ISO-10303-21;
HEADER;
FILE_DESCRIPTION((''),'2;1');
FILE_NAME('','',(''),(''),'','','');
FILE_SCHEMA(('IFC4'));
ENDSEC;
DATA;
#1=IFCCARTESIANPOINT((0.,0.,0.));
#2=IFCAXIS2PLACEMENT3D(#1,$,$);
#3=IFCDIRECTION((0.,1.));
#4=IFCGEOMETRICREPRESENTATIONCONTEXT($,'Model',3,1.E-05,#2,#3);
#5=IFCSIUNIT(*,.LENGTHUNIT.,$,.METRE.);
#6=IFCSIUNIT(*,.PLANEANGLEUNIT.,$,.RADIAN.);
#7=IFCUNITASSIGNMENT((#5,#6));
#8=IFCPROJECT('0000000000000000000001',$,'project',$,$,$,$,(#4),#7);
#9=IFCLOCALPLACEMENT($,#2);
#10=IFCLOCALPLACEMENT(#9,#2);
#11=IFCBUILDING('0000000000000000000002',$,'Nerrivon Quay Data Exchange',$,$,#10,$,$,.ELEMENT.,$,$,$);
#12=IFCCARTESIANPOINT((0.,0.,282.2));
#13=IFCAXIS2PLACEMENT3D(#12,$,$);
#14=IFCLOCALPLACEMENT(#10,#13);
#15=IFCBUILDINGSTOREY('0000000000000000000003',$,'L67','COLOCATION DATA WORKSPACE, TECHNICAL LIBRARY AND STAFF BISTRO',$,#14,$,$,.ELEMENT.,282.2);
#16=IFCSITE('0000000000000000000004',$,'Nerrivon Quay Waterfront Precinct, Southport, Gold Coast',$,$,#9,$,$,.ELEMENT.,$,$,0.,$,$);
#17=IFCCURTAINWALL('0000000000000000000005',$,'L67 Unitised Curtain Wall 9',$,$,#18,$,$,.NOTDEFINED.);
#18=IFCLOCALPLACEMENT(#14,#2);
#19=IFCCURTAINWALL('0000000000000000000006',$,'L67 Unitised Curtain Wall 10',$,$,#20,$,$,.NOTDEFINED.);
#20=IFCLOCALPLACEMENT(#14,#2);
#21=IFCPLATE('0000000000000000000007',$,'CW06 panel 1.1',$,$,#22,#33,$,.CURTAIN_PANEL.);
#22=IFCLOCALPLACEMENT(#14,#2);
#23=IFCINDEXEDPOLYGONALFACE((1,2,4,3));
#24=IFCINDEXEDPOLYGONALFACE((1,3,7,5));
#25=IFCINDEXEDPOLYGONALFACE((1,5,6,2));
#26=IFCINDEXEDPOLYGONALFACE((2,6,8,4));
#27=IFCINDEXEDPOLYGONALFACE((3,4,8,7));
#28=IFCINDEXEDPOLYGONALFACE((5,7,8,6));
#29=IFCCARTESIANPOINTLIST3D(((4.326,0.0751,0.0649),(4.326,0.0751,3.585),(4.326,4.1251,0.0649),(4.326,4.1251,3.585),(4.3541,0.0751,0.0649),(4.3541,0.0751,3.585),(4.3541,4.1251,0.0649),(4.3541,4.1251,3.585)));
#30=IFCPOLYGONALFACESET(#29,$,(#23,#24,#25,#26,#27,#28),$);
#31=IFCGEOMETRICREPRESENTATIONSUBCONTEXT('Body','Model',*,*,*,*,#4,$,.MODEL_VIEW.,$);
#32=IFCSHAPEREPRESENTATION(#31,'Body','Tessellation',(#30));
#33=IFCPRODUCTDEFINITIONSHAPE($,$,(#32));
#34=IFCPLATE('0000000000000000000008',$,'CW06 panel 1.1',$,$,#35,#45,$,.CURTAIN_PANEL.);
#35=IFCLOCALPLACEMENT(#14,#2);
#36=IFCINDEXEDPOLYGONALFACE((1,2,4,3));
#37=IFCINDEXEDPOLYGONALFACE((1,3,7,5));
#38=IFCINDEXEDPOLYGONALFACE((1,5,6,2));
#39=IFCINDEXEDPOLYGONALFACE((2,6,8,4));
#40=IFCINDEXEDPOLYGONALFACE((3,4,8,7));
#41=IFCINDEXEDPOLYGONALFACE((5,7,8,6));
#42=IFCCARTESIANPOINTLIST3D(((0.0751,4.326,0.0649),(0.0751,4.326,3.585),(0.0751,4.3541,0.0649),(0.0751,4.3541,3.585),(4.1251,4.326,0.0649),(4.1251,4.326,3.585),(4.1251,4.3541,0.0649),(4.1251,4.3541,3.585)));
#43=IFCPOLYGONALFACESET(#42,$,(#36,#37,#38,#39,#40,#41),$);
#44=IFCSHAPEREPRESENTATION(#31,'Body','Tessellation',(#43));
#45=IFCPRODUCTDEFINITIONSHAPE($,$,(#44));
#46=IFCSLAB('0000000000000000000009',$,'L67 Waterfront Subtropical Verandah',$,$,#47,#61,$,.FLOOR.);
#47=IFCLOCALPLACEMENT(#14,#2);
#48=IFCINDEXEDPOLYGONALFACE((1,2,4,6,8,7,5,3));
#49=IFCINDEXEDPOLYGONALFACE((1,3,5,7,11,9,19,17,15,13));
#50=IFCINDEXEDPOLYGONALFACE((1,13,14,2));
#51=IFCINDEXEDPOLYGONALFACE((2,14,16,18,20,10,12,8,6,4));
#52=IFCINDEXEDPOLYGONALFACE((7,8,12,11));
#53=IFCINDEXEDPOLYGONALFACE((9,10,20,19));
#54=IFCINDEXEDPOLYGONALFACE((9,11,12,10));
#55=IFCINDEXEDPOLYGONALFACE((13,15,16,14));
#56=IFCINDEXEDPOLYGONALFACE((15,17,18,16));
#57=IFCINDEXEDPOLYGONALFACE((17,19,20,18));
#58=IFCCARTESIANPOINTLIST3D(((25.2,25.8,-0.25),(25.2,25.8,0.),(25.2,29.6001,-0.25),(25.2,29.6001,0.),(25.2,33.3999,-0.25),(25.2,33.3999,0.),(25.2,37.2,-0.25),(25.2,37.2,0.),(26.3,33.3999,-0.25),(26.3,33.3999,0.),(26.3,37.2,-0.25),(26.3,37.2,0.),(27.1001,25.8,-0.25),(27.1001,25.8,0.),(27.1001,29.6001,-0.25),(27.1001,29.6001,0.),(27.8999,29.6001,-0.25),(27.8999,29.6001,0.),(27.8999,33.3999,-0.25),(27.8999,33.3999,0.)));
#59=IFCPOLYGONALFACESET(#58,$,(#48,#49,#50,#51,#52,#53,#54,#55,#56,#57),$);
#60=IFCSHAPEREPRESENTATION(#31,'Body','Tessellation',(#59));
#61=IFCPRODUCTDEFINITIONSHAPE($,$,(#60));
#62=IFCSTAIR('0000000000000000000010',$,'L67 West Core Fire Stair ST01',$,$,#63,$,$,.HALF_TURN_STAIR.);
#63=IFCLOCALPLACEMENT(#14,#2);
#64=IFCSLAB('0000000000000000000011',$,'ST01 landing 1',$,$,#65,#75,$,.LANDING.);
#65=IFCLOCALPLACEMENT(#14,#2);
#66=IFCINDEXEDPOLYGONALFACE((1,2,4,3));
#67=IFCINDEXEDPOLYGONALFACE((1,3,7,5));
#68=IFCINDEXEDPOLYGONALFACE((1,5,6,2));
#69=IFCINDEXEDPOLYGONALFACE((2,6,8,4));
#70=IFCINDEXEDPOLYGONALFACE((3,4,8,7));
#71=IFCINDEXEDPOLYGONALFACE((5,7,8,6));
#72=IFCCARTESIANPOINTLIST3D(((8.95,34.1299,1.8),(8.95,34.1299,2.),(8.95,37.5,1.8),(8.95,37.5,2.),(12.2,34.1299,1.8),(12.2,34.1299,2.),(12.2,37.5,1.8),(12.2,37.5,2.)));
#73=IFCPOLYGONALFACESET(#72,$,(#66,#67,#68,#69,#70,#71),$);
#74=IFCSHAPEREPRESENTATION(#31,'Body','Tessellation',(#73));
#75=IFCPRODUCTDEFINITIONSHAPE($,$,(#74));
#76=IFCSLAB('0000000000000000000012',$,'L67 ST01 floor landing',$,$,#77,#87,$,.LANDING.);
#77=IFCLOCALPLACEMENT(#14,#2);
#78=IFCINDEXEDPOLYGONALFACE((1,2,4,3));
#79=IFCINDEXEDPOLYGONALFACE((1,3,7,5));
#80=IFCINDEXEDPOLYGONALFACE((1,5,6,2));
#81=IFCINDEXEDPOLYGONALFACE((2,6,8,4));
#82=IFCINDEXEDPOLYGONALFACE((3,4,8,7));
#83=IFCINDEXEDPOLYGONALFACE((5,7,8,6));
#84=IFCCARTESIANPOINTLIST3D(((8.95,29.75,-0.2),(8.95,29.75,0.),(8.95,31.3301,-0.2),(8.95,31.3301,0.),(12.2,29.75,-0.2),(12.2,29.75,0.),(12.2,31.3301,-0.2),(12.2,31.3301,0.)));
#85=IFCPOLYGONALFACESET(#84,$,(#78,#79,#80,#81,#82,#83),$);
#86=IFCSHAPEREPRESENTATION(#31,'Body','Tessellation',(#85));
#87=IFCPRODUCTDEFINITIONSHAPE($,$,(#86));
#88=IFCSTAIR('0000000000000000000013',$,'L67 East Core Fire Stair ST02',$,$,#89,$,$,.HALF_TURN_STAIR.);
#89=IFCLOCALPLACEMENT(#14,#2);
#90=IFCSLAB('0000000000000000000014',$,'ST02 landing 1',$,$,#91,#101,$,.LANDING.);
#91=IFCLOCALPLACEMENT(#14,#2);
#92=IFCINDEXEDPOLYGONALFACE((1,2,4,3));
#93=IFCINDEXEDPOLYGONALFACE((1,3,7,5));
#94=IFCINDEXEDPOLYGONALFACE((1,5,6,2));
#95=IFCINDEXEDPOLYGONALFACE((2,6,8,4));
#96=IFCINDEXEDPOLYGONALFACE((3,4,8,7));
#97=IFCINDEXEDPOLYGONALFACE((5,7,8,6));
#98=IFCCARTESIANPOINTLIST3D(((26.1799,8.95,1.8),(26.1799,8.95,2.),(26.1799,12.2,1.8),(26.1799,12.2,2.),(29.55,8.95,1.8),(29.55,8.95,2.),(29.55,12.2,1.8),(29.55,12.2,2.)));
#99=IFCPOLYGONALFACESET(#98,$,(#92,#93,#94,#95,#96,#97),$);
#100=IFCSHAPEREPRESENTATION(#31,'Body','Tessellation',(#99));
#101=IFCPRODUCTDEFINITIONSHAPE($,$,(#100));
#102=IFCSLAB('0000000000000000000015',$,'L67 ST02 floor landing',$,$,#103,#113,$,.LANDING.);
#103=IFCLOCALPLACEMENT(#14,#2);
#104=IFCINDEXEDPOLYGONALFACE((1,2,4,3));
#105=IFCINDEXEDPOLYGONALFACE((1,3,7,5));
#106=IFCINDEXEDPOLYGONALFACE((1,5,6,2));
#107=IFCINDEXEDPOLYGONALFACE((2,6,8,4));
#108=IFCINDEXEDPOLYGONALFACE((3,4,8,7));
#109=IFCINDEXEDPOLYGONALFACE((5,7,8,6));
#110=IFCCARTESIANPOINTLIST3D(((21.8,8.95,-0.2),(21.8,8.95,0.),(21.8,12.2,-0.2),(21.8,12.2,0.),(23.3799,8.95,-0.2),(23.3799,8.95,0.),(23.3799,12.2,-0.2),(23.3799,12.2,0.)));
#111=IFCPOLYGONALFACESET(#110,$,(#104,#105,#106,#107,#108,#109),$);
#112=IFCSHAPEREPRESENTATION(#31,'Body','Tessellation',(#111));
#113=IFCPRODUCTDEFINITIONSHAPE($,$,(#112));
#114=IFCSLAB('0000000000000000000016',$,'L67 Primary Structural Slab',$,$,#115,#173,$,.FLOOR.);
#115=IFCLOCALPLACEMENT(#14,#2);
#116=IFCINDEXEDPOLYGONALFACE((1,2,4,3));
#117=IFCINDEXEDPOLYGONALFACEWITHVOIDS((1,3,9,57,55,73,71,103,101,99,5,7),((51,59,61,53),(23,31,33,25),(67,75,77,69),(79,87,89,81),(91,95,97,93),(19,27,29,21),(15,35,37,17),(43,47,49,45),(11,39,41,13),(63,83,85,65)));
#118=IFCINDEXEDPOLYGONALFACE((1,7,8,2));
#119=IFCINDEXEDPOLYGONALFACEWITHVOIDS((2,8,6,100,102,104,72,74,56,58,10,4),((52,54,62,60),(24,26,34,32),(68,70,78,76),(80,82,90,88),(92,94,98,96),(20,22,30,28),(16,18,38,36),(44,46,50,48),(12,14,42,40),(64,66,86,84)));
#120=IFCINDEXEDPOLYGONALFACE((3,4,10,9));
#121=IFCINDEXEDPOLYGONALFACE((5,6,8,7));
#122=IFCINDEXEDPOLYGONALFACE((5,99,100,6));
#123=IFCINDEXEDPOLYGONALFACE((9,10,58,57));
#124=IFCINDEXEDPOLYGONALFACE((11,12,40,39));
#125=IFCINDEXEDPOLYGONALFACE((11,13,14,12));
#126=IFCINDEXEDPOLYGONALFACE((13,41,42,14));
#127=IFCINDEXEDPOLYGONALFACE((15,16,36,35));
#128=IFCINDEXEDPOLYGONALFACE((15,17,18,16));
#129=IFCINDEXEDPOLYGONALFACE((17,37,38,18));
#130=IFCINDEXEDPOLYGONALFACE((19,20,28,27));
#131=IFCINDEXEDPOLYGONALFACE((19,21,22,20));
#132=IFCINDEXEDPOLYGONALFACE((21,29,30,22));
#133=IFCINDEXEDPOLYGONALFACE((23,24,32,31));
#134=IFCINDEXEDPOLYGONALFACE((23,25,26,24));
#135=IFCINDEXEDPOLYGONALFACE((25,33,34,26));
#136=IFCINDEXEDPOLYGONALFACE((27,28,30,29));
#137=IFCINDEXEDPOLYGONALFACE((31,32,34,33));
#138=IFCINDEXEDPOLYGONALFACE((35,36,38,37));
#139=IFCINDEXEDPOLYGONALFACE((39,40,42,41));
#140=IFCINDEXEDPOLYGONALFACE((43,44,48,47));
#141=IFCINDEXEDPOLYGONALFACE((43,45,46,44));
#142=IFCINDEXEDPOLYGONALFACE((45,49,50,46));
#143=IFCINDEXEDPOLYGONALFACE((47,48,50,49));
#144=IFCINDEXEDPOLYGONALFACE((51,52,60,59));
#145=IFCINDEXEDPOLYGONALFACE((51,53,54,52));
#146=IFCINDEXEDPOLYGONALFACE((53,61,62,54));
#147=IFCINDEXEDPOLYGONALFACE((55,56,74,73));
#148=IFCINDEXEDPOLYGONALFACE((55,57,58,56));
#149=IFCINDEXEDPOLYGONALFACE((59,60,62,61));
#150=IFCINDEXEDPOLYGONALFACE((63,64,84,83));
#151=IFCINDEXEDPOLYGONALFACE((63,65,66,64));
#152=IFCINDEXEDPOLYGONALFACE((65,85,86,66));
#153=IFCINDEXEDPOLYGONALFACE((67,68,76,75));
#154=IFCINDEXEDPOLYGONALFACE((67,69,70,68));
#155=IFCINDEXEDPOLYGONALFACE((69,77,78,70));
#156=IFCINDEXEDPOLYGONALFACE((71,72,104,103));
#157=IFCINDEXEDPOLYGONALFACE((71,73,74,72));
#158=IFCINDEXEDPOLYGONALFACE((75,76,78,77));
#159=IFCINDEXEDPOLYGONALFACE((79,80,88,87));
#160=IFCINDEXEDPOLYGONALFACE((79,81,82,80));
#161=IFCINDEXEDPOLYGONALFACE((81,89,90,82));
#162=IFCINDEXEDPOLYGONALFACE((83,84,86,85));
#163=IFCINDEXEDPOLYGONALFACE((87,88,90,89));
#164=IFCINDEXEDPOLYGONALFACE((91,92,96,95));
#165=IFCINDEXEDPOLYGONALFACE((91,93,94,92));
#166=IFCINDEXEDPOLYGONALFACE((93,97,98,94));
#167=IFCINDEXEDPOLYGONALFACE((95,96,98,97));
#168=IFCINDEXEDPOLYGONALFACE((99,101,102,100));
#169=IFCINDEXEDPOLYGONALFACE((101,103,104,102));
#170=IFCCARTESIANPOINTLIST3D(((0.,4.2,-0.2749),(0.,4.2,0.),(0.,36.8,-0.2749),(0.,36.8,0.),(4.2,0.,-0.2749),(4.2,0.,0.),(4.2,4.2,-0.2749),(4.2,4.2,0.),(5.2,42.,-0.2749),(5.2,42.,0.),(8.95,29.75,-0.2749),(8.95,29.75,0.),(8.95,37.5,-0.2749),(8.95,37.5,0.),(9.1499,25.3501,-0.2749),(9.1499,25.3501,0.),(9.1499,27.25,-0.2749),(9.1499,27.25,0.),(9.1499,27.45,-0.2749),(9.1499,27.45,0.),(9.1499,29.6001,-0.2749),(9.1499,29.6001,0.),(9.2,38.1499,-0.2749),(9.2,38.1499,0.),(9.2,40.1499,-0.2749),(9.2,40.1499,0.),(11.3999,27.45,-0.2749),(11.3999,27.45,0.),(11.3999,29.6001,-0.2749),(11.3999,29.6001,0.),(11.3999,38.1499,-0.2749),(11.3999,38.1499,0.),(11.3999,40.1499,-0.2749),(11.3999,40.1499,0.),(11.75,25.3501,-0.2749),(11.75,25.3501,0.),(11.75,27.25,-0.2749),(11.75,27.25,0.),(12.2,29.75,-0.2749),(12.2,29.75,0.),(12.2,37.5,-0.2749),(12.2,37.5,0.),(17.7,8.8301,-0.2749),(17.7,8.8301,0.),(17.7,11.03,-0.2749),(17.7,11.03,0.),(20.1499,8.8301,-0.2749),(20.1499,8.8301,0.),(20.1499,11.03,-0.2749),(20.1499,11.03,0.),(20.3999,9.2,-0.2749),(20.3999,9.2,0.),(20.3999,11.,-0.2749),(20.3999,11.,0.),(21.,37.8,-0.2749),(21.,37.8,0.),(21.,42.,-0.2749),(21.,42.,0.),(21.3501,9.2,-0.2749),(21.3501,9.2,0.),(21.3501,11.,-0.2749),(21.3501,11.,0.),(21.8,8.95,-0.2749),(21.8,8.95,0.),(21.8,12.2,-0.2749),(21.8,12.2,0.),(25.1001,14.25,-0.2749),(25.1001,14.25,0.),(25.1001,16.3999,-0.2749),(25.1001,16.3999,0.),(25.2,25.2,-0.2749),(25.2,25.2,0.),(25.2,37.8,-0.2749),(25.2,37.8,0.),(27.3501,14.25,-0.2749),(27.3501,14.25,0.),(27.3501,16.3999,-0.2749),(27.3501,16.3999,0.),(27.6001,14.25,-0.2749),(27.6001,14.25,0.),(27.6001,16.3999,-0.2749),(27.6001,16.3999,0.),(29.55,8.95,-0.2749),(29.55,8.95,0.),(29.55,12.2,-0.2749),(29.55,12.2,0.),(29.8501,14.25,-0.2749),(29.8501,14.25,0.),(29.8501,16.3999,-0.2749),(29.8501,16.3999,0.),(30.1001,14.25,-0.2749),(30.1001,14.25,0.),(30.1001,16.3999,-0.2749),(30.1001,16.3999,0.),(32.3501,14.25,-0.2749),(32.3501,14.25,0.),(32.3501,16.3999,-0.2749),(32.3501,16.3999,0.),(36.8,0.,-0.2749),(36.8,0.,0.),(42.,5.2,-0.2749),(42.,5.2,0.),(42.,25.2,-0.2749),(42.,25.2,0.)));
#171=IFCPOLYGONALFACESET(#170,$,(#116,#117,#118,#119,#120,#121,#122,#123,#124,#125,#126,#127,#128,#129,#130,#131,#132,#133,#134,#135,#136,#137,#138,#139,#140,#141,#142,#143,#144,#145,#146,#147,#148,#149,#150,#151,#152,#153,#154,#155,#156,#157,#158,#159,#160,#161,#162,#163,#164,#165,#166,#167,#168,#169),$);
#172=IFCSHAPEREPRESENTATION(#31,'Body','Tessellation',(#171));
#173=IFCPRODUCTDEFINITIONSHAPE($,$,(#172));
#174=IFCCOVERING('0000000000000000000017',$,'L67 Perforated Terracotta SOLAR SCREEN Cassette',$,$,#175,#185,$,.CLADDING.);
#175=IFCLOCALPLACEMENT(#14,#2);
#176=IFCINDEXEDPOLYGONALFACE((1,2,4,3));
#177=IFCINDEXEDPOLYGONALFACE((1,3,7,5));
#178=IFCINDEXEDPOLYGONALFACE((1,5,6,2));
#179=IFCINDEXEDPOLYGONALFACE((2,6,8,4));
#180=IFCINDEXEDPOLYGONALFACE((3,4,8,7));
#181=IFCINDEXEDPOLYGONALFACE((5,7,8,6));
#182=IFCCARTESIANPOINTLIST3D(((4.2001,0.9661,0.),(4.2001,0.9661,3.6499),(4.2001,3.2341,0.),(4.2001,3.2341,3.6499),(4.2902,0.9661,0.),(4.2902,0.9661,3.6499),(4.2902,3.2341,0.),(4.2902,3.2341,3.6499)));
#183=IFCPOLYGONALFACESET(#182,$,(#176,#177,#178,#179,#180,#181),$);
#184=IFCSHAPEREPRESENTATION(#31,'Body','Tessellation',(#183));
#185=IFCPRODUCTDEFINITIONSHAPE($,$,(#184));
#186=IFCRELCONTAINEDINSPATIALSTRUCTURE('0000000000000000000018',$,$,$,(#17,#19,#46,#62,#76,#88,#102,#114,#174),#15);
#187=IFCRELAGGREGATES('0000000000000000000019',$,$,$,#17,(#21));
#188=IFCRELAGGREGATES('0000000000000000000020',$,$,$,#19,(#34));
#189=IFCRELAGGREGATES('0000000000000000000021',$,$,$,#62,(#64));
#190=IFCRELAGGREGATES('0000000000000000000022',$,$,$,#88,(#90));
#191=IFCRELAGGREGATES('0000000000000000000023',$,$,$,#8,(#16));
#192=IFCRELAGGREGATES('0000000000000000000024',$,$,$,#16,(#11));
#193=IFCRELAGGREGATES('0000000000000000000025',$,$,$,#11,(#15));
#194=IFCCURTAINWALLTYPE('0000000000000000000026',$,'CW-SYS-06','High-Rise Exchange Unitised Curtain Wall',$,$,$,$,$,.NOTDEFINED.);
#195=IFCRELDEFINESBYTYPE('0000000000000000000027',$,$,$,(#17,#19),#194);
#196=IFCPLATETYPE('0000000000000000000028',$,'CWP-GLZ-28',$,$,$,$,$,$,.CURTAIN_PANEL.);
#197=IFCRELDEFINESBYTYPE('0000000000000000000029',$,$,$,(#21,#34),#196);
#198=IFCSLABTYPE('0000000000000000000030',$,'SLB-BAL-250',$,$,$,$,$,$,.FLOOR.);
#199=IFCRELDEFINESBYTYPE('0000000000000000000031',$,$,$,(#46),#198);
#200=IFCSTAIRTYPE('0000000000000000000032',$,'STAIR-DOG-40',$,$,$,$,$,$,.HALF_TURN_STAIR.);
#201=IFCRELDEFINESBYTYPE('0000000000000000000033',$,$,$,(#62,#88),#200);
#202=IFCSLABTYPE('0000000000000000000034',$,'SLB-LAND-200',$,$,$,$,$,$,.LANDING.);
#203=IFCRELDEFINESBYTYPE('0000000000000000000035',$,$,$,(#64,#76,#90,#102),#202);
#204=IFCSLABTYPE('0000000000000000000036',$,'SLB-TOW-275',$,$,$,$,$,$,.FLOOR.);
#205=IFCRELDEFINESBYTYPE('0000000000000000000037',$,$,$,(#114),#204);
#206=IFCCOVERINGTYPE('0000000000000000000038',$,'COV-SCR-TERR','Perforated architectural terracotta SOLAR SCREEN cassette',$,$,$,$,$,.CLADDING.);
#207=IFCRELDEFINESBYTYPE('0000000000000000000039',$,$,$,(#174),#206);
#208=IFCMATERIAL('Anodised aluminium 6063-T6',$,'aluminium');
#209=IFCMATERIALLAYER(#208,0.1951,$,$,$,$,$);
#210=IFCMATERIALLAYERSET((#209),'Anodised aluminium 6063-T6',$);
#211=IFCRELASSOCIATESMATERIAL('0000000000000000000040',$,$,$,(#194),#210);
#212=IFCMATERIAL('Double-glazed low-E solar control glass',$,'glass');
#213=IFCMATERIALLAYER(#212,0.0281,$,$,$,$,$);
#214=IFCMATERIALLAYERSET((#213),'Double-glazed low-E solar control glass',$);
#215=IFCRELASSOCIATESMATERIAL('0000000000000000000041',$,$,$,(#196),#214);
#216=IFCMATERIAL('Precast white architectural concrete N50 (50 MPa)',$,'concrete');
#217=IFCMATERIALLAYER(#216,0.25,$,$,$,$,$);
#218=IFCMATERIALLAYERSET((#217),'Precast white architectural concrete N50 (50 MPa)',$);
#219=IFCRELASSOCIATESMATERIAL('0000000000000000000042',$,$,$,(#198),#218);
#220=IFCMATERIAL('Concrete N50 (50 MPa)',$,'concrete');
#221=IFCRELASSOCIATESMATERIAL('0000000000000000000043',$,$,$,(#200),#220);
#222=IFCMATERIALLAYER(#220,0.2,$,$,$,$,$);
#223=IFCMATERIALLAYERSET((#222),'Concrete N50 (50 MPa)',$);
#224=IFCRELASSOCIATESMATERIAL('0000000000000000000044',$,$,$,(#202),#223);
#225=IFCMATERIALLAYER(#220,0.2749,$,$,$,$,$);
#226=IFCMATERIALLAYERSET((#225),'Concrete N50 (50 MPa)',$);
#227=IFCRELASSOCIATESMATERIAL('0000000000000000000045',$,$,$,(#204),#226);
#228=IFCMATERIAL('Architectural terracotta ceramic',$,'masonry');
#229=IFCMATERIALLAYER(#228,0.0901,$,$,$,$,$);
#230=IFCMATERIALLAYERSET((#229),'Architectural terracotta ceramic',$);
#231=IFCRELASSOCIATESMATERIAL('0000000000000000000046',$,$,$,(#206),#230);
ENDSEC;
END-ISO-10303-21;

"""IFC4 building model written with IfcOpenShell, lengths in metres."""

from ifc_helpers import new_model, si_unit, direction, frame, origin, origin_2d, place, context, subcontext, project, spatial, polyline, rectangle, outline, extrude, material, layer, layer_set, type_object, element, aggregate, save


model = new_model("IFC4")

# Units and contexts
model_context = context("Model", 3, precision=1e-05, world=origin(), true_north=direction((0.0, 1.0)))
body_context = subcontext(model_context, "Body", "Model", "MODEL_VIEW")
ifc_project = project(units=[si_unit("LENGTHUNIT", "METRE"), si_unit("PLANEANGLEUNIT", "RADIAN")], contexts=[model_context])

# Site, building, storey
site_placement = place(None, origin())
site = spatial("IfcSite", under=ifc_project, at=site_placement, Name="Nerrivon Quay Waterfront Precinct, Southport, Gold Coast", CompositionType="ELEMENT", RefElevation=0.0)
building_placement = place(site_placement, origin())
building = spatial("IfcBuilding", under=site, at=building_placement, Name="Nerrivon Quay Data Exchange", CompositionType="ELEMENT")
storey_placement = place(building_placement, frame((0.0, 0.0, 282.2)))
storey = spatial("IfcBuildingStorey", under=building, at=storey_placement, Name="L67", Description="COLOCATION DATA WORKSPACE, TECHNICAL LIBRARY AND STAFF BISTRO", CompositionType="ELEMENT", Elevation=282.2)

# Shared definitions
ifc_material_1 = material(Name="Anodised aluminium 6063-T6", Category="aluminium")
ifc_layer_1 = layer(ifc_material_1, 0.1951)
ifc_layer_set_1 = layer_set([ifc_layer_1], Name="Anodised aluminium 6063-T6")
curtain_wall_type = type_object("IfcCurtainWallType", Name="CW-SYS-06", Description="High-Rise Exchange Unitised Curtain Wall", PredefinedType="NOTDEFINED", material=ifc_layer_set_1)

# Curtain wall
curtain_wall_1_placement = place(storey_placement, origin())
curtain_wall_1 = element("IfcCurtainWall", 1, at=curtain_wall_1_placement, inside=storey, type_object=curtain_wall_type, Name="L67 Unitised Curtain Wall 9", PredefinedType="NOTDEFINED")

# Curtain wall
curtain_wall_2_placement = place(storey_placement, origin())
curtain_wall_2 = element("IfcCurtainWall", 2, at=curtain_wall_2_placement, inside=storey, type_object=curtain_wall_type, Name="L67 Unitised Curtain Wall 10", PredefinedType="NOTDEFINED")

# Plates
ifc_material_2 = material(Name="Double-glazed low-E solar control glass", Category="glass")
ifc_layer_2 = layer(ifc_material_2, 0.0281)
ifc_layer_set_2 = layer_set([ifc_layer_2], Name="Double-glazed low-E solar control glass")
plate_type = type_object("IfcPlateType", Name="CWP-GLZ-28", PredefinedType="CURTAIN_PANEL", material=ifc_layer_set_2)
plate_1_placement = place(storey_placement, frame((4.3401, 2.1001, 0.0649), z_axis=(0.0, 0.0, 1.0), x_axis=(0.0, 1.0, 0.0)))
plate_1 = element("IfcPlate", 3, at=plate_1_placement, type_object=plate_type, Name="CW06 panel 1.1", PredefinedType="CURTAIN_PANEL", context=body_context, shape_type="SweptSolid", body=[
    extrude(rectangle(XDim=4.05, YDim=0.0281, at=origin_2d()), origin(), (0.0, 0.0, 1.0), 3.52),
])
aggregate(curtain_wall_1, [plate_1])
plate_2_placement = place(storey_placement, frame((2.1001, 4.3401, 0.0649), z_axis=(0.0, 0.0, 1.0), x_axis=(-1.0, 0.0, 0.0)))
plate_2 = element("IfcPlate", 4, at=plate_2_placement, type_object=plate_type, Name="CW06 panel 1.1", PredefinedType="CURTAIN_PANEL", context=body_context, shape_type="SweptSolid", body=[
    extrude(rectangle(XDim=4.05, YDim=0.0281, at=origin_2d()), origin(), (0.0, 0.0, 1.0), 3.52),
])
aggregate(curtain_wall_2, [plate_2])

# Slab
ifc_material_3 = material(Name="Precast white architectural concrete N50 (50 MPa)", Category="concrete")
ifc_layer_3 = layer(ifc_material_3, 0.25)
ifc_layer_set_3 = layer_set([ifc_layer_3], Name="Precast white architectural concrete N50 (50 MPa)")
slab_type_1 = type_object("IfcSlabType", Name="SLB-BAL-250", PredefinedType="FLOOR", material=ifc_layer_set_3)
slab_1_placement = place(storey_placement, frame((0.0, 0.0, -0.25)))
element("IfcSlab", 5, at=slab_1_placement, inside=storey, type_object=slab_type_1, Name="L67 Waterfront Subtropical Verandah", PredefinedType="FLOOR", context=body_context, shape_type="SweptSolid", body=[
    extrude(outline(polyline([(27.1001, 29.6001), (27.8999, 29.6001), (27.8999, 33.3999), (26.3, 33.3999), (26.3, 37.2), (25.2, 37.2), (25.2, 33.3999), (25.2, 29.6001), (25.2, 25.8), (27.1001, 25.8), (27.1001, 29.6001)])), origin(), (0.0, 0.0, 1.0), 0.25),
])

# Stair, slab
ifc_material_4 = material(Name="Concrete N50 (50 MPa)", Category="concrete")
stair_type = type_object("IfcStairType", Name="STAIR-DOG-40", PredefinedType="HALF_TURN_STAIR", material=ifc_material_4)
stair_1_placement = place(storey_placement, origin())
stair_1 = element("IfcStair", 6, at=stair_1_placement, inside=storey, type_object=stair_type, Name="L67 West Core Fire Stair ST01", PredefinedType="HALF_TURN_STAIR")
ifc_layer_4 = layer(ifc_material_4, 0.2)
ifc_layer_set_4 = layer_set([ifc_layer_4], Name="Concrete N50 (50 MPa)")
slab_type_2 = type_object("IfcSlabType", Name="SLB-LAND-200", PredefinedType="LANDING", material=ifc_layer_set_4)
slab_2_placement = place(storey_placement, frame((0.0, 0.0, 1.8)))
slab_2 = element("IfcSlab", 7, at=slab_2_placement, type_object=slab_type_2, Name="ST01 landing 1", PredefinedType="LANDING", context=body_context, shape_type="SweptSolid", body=[
    extrude(outline(polyline([(12.2, 34.1299), (12.2, 37.5), (8.95, 37.5), (8.95, 34.1299), (12.2, 34.1299)])), origin(), (0.0, 0.0, 1.0), 0.2),
])
aggregate(stair_1, [slab_2])

# Slab
slab_3_placement = place(storey_placement, frame((0.0, 0.0, -0.2)))
element("IfcSlab", 8, at=slab_3_placement, inside=storey, type_object=slab_type_2, Name="L67 ST01 floor landing", PredefinedType="LANDING", context=body_context, shape_type="SweptSolid", body=[
    extrude(outline(polyline([(12.2, 29.75), (12.2, 31.3301), (8.95, 31.3301), (8.95, 29.75), (12.2, 29.75)])), origin(), (0.0, 0.0, 1.0), 0.2),
])

# Stair, slab
stair_2_placement = place(storey_placement, origin())
stair_2 = element("IfcStair", 9, at=stair_2_placement, inside=storey, type_object=stair_type, Name="L67 East Core Fire Stair ST02", PredefinedType="HALF_TURN_STAIR")
slab_4_placement = place(storey_placement, frame((0.0, 0.0, 1.8)))
slab_4 = element("IfcSlab", 10, at=slab_4_placement, type_object=slab_type_2, Name="ST02 landing 1", PredefinedType="LANDING", context=body_context, shape_type="SweptSolid", body=[
    extrude(outline(polyline([(26.1799, 8.95), (29.55, 8.95), (29.55, 12.2), (26.1799, 12.2), (26.1799, 8.95)])), origin(), (0.0, 0.0, 1.0), 0.2),
])
aggregate(stair_2, [slab_4])

# Slabs
slab_5_placement = place(storey_placement, frame((0.0, 0.0, -0.2)))
element("IfcSlab", 11, at=slab_5_placement, inside=storey, type_object=slab_type_2, Name="L67 ST02 floor landing", PredefinedType="LANDING", context=body_context, shape_type="SweptSolid", body=[
    extrude(outline(polyline([(21.8, 8.95), (23.3799, 8.95), (23.3799, 12.2), (21.8, 12.2), (21.8, 8.95)])), origin(), (0.0, 0.0, 1.0), 0.2),
])
ifc_layer_5 = layer(ifc_material_4, 0.2749)
ifc_layer_set_5 = layer_set([ifc_layer_5], Name="Concrete N50 (50 MPa)")
slab_type_3 = type_object("IfcSlabType", Name="SLB-TOW-275", PredefinedType="FLOOR", material=ifc_layer_set_5)
slab_6_placement = place(storey_placement, frame((0.0, 0.0, -0.2749)))
element("IfcSlab", 12, at=slab_6_placement, inside=storey, type_object=slab_type_3, Name="L67 Primary Structural Slab", PredefinedType="FLOOR", context=body_context, shape_type="SweptSolid", body=[
    extrude(outline(polyline([(42.0, 25.2), (25.2, 25.2), (25.2, 37.8), (21.0, 37.8), (21.0, 42.0), (5.2, 42.0), (0.0, 36.8), (0.0, 4.2), (4.2, 4.2), (4.2, 0.0), (36.8, 0.0), (42.0, 5.2), (42.0, 25.2)]), holes=[polyline([(8.95, 29.75), (8.95, 37.5), (12.2, 37.5), (12.2, 29.75), (8.95, 29.75)]), polyline([(21.8, 12.2), (29.55, 12.2), (29.55, 8.95), (21.8, 8.95), (21.8, 12.2)]), polyline([(30.1001, 14.25), (30.1001, 16.3999), (32.3501, 16.3999), (32.3501, 14.25), (30.1001, 14.25)]), polyline([(27.6001, 14.25), (27.6001, 16.3999), (29.8501, 16.3999), (29.8501, 14.25), (27.6001, 14.25)]), polyline([(25.1001, 14.25), (25.1001, 16.3999), (27.3501, 16.3999), (27.3501, 14.25), (25.1001, 14.25)]), polyline([(20.3999, 9.2), (20.3999, 11.0), (21.3501, 11.0), (21.3501, 9.2), (20.3999, 9.2)]), polyline([(17.7, 8.8301), (17.7, 11.03), (20.1499, 11.03), (20.1499, 8.8301), (17.7, 8.8301)]), polyline([(9.1499, 25.3501), (9.1499, 27.25), (11.75, 27.25), (11.75, 25.3501), (9.1499, 25.3501)]), polyline([(9.1499, 27.45), (9.1499, 29.6001), (11.3999, 29.6001), (11.3999, 27.45), (9.1499, 27.45)]), polyline([(9.2, 38.1499), (9.2, 40.1499), (11.3999, 40.1499), (11.3999, 38.1499), (9.2, 38.1499)])]), origin(), (0.0, 0.0, 1.0), 0.2749),
])

# Covering
ifc_material_5 = material(Name="Architectural terracotta ceramic", Category="masonry")
ifc_layer_6 = layer(ifc_material_5, 0.0901)
ifc_layer_set_6 = layer_set([ifc_layer_6], Name="Architectural terracotta ceramic")
covering_type = type_object("IfcCoveringType", Name="COV-SCR-TERR", Description="Perforated architectural terracotta SOLAR SCREEN cassette", PredefinedType="CLADDING", material=ifc_layer_set_6)
for number, where, z_axis, x_axis, name in (
    (13, (4.2451, 2.1001, 0.0), (0.0, 0.0, 1.0), (0.0, 1.0, 0.0), "L67 Perforated Terracotta SOLAR SCREEN Cassette"),
):
    element("IfcCovering", number, at=place(storey_placement, frame(where, z_axis=z_axis, x_axis=x_axis)), inside=storey, type_object=covering_type, Name=name, PredefinedType="CLADDING", context=body_context, shape_type="SweptSolid", body=[
        extrude(rectangle(XDim=2.2681, YDim=0.0901, at=origin_2d()), origin(), (0.0, 0.0, 1.0), 3.6499),
    ])

save(model, "model.ifc")
